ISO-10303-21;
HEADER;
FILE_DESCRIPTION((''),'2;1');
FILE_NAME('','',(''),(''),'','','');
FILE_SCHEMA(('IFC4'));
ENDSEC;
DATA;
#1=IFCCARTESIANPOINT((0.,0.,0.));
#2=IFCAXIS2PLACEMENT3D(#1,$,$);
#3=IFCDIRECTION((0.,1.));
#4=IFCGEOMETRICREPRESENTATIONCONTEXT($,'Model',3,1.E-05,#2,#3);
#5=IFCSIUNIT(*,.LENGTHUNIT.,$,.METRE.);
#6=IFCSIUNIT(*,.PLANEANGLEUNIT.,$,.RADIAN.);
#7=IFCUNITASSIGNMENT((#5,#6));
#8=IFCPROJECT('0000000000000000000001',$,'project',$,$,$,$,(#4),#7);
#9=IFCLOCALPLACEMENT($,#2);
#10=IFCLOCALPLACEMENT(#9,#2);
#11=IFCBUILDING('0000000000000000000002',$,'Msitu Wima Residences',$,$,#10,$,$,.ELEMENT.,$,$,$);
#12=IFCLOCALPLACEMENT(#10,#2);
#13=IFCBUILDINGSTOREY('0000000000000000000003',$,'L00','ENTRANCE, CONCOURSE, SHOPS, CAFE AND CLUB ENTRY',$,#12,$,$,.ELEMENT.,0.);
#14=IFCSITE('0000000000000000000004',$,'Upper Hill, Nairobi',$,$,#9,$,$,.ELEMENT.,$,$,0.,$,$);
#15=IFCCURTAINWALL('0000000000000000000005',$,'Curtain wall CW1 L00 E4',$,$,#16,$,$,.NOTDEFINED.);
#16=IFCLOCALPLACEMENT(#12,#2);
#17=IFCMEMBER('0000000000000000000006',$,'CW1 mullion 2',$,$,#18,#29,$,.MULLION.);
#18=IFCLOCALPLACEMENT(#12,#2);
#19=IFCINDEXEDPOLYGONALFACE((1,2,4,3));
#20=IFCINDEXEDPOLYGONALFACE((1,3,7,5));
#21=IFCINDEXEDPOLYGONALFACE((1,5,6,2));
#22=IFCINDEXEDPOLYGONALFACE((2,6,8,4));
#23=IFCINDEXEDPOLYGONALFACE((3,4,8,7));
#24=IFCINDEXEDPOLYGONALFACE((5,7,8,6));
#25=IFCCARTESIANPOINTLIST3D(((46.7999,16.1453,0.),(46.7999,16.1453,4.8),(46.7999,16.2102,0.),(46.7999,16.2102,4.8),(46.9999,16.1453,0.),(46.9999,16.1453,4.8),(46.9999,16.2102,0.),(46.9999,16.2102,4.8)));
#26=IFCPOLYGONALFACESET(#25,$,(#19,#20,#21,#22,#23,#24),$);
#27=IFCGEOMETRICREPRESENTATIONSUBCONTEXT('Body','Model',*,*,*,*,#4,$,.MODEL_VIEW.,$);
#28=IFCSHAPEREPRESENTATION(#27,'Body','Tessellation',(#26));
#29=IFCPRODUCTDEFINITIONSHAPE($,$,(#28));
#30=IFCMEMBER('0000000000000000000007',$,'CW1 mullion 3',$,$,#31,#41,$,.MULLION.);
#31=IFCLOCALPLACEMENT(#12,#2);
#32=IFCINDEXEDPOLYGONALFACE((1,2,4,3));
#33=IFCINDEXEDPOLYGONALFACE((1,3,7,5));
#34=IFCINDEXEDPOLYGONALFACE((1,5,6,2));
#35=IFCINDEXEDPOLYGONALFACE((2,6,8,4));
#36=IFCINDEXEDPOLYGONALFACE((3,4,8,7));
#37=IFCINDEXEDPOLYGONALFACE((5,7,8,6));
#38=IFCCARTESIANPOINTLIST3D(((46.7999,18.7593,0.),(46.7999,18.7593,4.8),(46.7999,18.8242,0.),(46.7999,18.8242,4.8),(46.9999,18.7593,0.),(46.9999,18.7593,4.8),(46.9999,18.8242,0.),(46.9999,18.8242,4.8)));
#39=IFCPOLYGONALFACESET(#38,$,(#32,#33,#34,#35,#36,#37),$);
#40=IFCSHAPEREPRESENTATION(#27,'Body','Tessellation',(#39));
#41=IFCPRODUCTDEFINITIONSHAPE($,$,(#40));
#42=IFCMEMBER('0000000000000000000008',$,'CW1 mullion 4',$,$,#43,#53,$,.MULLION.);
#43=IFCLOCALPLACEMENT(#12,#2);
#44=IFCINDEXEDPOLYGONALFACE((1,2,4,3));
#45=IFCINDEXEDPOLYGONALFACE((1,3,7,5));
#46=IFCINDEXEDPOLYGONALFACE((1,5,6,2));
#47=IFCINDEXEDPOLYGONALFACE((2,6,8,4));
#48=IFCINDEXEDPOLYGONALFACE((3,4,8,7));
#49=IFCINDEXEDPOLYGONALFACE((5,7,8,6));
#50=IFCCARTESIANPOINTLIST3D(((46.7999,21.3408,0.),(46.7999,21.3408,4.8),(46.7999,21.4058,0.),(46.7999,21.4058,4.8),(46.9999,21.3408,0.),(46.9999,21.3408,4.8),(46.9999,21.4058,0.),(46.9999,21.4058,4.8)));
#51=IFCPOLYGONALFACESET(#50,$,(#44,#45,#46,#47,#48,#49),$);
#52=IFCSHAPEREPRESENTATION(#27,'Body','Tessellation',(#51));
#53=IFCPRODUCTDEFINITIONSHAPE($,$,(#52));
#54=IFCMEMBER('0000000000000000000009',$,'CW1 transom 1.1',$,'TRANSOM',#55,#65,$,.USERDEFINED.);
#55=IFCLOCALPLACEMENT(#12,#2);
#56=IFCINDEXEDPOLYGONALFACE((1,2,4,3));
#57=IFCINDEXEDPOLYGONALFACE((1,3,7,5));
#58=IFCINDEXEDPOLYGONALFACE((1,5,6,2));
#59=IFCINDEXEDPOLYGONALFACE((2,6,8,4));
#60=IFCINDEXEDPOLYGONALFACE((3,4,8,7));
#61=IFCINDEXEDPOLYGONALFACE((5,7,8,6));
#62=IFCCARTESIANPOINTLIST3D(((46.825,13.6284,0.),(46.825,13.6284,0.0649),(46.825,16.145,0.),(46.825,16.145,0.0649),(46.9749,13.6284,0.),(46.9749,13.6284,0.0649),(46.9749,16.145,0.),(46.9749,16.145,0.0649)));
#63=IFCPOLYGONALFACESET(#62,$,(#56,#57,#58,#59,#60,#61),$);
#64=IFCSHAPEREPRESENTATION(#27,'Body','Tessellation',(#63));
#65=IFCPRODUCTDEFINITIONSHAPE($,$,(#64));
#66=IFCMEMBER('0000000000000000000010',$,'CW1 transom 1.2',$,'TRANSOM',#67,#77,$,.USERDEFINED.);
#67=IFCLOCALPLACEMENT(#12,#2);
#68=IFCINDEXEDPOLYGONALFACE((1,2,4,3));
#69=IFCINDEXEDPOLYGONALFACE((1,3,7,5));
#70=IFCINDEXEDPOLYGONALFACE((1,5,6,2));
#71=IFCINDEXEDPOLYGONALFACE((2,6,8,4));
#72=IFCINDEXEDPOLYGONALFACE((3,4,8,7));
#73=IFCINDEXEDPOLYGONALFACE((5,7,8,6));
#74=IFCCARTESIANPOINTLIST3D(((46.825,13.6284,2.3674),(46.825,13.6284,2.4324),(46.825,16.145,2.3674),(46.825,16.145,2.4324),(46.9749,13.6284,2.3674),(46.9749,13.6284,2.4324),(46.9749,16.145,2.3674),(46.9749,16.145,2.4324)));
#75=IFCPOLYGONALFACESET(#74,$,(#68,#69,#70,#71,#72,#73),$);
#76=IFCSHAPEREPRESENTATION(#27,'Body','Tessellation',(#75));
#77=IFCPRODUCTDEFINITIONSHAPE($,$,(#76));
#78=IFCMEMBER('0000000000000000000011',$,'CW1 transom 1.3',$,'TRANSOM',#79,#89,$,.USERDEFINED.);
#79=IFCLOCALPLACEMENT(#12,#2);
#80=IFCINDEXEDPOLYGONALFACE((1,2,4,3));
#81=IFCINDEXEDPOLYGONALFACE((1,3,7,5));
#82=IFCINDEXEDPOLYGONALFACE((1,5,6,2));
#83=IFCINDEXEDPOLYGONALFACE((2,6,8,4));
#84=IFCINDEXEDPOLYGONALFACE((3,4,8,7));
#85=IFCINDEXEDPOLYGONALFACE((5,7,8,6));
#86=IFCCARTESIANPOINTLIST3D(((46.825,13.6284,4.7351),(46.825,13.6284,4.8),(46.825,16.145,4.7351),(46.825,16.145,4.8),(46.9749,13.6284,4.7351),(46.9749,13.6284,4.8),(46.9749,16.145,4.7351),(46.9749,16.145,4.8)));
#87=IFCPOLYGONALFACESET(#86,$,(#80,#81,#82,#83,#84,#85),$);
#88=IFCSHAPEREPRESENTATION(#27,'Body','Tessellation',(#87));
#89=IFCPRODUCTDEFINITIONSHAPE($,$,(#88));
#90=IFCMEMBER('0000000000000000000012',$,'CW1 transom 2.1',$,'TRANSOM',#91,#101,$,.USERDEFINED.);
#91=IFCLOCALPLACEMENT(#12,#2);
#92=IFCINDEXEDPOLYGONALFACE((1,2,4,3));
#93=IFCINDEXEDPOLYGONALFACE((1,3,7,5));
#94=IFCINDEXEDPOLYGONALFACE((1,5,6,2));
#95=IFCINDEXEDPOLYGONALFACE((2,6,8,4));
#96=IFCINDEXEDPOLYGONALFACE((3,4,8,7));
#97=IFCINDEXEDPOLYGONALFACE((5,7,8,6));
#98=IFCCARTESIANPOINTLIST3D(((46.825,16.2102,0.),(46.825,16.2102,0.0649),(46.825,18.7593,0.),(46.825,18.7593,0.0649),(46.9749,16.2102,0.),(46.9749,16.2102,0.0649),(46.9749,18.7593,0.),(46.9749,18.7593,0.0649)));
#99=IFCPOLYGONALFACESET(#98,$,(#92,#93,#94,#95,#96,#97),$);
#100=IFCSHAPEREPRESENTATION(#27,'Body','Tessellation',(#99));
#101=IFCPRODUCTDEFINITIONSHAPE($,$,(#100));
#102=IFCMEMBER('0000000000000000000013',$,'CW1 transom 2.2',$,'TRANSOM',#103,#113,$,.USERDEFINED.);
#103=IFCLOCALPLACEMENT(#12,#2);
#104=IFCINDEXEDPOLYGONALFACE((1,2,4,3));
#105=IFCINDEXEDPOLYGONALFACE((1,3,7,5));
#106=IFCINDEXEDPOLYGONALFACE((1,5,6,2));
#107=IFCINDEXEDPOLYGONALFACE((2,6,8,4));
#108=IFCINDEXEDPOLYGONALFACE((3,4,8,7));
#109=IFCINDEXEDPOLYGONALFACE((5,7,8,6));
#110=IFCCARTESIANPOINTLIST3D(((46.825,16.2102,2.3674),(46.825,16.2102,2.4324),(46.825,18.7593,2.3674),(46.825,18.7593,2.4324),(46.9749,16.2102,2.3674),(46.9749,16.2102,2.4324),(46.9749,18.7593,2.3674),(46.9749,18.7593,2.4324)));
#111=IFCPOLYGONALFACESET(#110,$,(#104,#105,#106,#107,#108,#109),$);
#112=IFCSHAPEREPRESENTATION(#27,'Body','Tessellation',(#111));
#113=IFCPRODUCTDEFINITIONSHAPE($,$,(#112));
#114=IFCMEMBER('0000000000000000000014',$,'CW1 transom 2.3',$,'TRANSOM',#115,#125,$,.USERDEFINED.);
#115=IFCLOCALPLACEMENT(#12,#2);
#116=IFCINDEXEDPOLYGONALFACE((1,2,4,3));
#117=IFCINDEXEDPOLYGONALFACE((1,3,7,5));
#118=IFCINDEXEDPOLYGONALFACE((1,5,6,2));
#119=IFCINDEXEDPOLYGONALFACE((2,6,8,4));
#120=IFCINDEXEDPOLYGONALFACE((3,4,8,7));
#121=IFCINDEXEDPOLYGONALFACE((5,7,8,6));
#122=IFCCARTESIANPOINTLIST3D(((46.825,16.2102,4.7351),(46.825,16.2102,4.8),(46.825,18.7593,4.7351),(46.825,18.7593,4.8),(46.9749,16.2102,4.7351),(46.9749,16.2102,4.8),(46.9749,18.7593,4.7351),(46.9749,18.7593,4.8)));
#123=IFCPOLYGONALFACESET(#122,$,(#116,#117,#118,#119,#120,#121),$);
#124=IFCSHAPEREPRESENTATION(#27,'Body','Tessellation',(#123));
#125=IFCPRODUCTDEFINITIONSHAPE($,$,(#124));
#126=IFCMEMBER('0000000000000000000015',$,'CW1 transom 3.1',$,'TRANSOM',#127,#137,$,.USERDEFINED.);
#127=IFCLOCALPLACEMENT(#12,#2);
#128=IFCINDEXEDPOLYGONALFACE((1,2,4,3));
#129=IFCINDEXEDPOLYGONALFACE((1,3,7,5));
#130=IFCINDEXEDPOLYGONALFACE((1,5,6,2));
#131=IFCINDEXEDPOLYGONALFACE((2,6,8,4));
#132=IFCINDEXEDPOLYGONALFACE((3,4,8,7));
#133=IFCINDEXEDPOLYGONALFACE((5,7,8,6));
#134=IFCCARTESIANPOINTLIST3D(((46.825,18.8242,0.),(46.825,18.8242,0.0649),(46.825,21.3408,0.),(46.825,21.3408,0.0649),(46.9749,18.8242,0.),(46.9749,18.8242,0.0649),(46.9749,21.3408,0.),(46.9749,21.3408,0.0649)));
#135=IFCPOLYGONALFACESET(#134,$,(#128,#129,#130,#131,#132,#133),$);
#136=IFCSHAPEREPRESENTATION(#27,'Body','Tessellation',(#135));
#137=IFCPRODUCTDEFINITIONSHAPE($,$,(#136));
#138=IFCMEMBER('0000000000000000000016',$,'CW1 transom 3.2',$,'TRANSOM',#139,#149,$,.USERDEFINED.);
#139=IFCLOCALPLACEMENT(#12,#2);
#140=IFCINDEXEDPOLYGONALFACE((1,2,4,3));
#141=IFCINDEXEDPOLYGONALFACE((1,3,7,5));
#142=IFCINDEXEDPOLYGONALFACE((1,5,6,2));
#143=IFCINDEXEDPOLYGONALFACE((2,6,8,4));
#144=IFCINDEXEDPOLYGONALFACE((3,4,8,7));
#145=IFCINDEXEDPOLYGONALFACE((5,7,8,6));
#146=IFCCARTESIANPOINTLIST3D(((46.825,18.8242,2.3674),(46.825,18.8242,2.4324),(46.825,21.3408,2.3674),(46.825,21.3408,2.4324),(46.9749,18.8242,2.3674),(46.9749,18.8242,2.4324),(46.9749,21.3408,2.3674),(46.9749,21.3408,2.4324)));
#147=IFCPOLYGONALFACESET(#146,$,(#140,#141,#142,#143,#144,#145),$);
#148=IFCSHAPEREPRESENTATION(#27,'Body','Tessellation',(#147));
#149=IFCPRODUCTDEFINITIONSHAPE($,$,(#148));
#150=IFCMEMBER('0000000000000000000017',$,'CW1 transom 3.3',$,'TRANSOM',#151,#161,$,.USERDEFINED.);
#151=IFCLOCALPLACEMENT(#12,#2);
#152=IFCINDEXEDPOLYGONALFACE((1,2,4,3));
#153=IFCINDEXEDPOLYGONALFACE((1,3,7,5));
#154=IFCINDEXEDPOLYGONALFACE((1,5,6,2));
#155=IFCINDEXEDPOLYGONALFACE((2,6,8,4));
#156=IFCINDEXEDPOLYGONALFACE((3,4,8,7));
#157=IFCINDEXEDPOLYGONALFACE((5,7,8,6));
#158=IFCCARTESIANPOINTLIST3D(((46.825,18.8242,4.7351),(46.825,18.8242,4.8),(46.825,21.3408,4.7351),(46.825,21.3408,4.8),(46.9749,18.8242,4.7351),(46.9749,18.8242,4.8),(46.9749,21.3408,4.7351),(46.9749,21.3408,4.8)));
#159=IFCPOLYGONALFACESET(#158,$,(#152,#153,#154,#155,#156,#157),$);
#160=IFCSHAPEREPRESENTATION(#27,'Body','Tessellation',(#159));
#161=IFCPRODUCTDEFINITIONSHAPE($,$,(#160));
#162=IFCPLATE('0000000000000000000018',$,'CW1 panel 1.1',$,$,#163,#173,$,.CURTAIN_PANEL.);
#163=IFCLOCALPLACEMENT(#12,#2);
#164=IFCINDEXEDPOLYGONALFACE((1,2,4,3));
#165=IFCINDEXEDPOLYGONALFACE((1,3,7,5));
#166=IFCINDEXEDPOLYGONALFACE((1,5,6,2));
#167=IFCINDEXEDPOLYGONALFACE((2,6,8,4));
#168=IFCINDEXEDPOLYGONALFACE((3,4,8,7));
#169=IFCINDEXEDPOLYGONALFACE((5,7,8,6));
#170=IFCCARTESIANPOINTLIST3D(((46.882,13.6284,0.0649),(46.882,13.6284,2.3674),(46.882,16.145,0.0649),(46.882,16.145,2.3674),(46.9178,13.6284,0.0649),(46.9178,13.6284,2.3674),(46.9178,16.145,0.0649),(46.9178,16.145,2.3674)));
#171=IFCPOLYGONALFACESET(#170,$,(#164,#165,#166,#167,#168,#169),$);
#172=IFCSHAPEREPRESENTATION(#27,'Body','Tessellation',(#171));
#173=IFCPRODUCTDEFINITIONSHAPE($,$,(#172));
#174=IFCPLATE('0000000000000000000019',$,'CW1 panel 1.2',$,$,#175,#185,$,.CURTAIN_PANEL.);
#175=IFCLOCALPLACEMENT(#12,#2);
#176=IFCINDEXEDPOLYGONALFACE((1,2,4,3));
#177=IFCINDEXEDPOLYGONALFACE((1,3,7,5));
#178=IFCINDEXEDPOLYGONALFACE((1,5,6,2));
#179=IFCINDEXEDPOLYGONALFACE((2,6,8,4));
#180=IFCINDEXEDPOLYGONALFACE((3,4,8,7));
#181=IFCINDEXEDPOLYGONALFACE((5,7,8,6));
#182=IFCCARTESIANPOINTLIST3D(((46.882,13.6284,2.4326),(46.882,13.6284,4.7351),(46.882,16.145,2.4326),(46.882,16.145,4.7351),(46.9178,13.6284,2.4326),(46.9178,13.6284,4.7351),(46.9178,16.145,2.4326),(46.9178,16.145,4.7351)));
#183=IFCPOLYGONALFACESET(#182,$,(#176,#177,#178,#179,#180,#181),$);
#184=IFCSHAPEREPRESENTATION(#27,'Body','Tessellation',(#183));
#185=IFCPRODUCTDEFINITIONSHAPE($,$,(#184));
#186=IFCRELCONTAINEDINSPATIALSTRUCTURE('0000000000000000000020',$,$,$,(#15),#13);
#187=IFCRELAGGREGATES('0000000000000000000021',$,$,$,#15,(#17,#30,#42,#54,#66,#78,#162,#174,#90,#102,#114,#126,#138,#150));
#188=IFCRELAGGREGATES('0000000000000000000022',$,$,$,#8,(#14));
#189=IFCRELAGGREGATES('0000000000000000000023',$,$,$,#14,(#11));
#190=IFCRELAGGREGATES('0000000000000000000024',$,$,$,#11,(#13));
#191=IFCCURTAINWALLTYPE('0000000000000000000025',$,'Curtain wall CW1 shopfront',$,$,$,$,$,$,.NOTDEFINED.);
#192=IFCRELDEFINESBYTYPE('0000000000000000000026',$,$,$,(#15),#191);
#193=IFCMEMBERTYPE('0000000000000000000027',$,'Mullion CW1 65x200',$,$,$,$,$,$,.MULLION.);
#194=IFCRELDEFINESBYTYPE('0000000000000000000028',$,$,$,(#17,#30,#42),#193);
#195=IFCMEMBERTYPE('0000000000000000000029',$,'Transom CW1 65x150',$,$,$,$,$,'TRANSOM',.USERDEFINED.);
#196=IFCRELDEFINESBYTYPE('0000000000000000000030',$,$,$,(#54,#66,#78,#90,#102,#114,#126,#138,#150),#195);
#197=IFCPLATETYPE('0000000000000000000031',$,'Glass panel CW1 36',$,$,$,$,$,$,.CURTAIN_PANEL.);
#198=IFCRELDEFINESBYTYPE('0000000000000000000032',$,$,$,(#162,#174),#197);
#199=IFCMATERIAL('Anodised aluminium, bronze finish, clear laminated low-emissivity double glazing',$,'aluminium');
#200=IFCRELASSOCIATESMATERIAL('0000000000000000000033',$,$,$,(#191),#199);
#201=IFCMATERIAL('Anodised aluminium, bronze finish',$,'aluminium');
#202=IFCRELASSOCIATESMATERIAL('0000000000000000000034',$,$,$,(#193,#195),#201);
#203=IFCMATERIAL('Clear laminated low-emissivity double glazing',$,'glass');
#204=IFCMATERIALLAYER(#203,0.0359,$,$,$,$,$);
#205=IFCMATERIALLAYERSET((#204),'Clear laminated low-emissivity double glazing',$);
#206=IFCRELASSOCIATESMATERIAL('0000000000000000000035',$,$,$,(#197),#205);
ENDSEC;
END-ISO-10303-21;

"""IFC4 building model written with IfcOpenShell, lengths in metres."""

from ifc_helpers import new_model, si_unit, direction, frame, origin, origin_2d, place, context, subcontext, project, spatial, rectangle, extrude, material, layer, layer_set, material_profile, profile_set, type_object, element, aggregate, save


model = new_model("IFC4")

# Units and contexts
model_context = context("Model", 3, precision=1e-05, world=origin(), true_north=direction((0.0, 1.0)))
body_context = subcontext(model_context, "Body", "Model", "MODEL_VIEW")
ifc_project = project(units=[si_unit("LENGTHUNIT", "METRE"), si_unit("PLANEANGLEUNIT", "RADIAN")], contexts=[model_context])

# Site, building, storey
site_placement = place(None, origin())
site = spatial("IfcSite", under=ifc_project, at=site_placement, Name="Upper Hill, Nairobi", CompositionType="ELEMENT", RefElevation=0.0)
building_placement = place(site_placement, origin())
building = spatial("IfcBuilding", under=site, at=building_placement, Name="Msitu Wima Residences", CompositionType="ELEMENT")
storey_placement = place(building_placement, origin())
storey = spatial("IfcBuildingStorey", under=building, at=storey_placement, Name="L00", Description="ENTRANCE, CONCOURSE, SHOPS, CAFE AND CLUB ENTRY", CompositionType="ELEMENT", Elevation=0.0)

# Curtain wall, members, plates
ifc_material_1 = material(Name="Anodised aluminium, bronze finish, clear laminated low-emissivity double glazing", Category="aluminium")
curtain_wall_type = type_object("IfcCurtainWallType", Name="Curtain wall CW1 shopfront", PredefinedType="NOTDEFINED", material=ifc_material_1)
curtain_wall_placement = place(storey_placement, origin())
curtain_wall = element("IfcCurtainWall", 1, at=curtain_wall_placement, inside=storey, type_object=curtain_wall_type, Name="Curtain wall CW1 L00 E4", PredefinedType="NOTDEFINED")
ifc_material_2 = material(Name="Anodised aluminium, bronze finish", Category="aluminium")
ifc_material_profile_1 = material_profile(ifc_material_2, rectangle(XDim=0.2, YDim=0.0649, at=origin_2d()), Name="Mullion 65x200")
ifc_profile_set_1 = profile_set([ifc_material_profile_1], Name="Anodised aluminium, bronze finish")
member_type_1 = type_object("IfcMemberType", Name="Mullion CW1 65x200", PredefinedType="MULLION", material=ifc_profile_set_1)
member_1_placement = place(storey_placement, frame((46.8999, 16.1777, 0.0), z_axis=(0.0, 0.0, 1.0), x_axis=(-1.0, 0.0, 0.0)))
member_1 = element("IfcMember", 2, at=member_1_placement, type_object=member_type_1, Name="CW1 mullion 2", PredefinedType="MULLION", context=body_context, shape_type="SweptSolid", body=[
    extrude(rectangle(XDim=0.2, YDim=0.0649, at=origin_2d()), origin(), (0.0, 0.0, 1.0), 4.8),
])
member_2_placement = place(storey_placement, frame((46.8999, 18.7917, 0.0), z_axis=(0.0, 0.0, 1.0), x_axis=(-1.0, 0.0, 0.0)))
member_2 = element("IfcMember", 3, at=member_2_placement, type_object=member_type_1, Name="CW1 mullion 3", PredefinedType="MULLION", context=body_context, shape_type="SweptSolid", body=[
    extrude(rectangle(XDim=0.2, YDim=0.0649, at=origin_2d()), origin(), (0.0, 0.0, 1.0), 4.8),
])
member_3_placement = place(storey_placement, frame((46.8999, 21.3733, 0.0), z_axis=(0.0, 0.0, 1.0), x_axis=(-1.0, 0.0, 0.0)))
member_3 = element("IfcMember", 4, at=member_3_placement, type_object=member_type_1, Name="CW1 mullion 4", PredefinedType="MULLION", context=body_context, shape_type="SweptSolid", body=[
    extrude(rectangle(XDim=0.2, YDim=0.0649, at=origin_2d()), origin(), (0.0, 0.0, 1.0), 4.8),
])
ifc_material_profile_2 = material_profile(ifc_material_2, rectangle(XDim=0.1499, YDim=0.0649, at=origin_2d()), Name="Transom 65x150")
ifc_profile_set_2 = profile_set([ifc_material_profile_2], Name="Anodised aluminium, bronze finish")
member_type_2 = type_object("IfcMemberType", Name="Transom CW1 65x150", ElementType="TRANSOM", PredefinedType="USERDEFINED", material=ifc_profile_set_2)
member_4_placement = place(storey_placement, frame((46.8999, 13.6284, 0.0325), z_axis=(0.0, 1.0, 0.0), x_axis=(-1.0, 0.0, 0.0)))
member_4 = element("IfcMember", 5, at=member_4_placement, type_object=member_type_2, Name="CW1 transom 1.1", ObjectType="TRANSOM", PredefinedType="USERDEFINED", context=body_context, shape_type="SweptSolid", body=[
    extrude(rectangle(XDim=0.1499, YDim=0.0649, at=origin_2d()), origin(), (0.0, 0.0, 1.0), 2.5166),
])
member_5_placement = place(storey_placement, frame((46.8999, 13.6284, 2.3999), z_axis=(0.0, 1.0, 0.0), x_axis=(-1.0, 0.0, 0.0)))
member_5 = element("IfcMember", 6, at=member_5_placement, type_object=member_type_2, Name="CW1 transom 1.2", ObjectType="TRANSOM", PredefinedType="USERDEFINED", context=body_context, shape_type="SweptSolid", body=[
    extrude(rectangle(XDim=0.1499, YDim=0.0649, at=origin_2d()), origin(), (0.0, 0.0, 1.0), 2.5166),
])
member_6_placement = place(storey_placement, frame((46.8999, 13.6284, 4.7676), z_axis=(0.0, 1.0, 0.0), x_axis=(-1.0, 0.0, 0.0)))
member_6 = element("IfcMember", 7, at=member_6_placement, type_object=member_type_2, Name="CW1 transom 1.3", ObjectType="TRANSOM", PredefinedType="USERDEFINED", context=body_context, shape_type="SweptSolid", body=[
    extrude(rectangle(XDim=0.1499, YDim=0.0649, at=origin_2d()), origin(), (0.0, 0.0, 1.0), 2.5166),
])
member_7_placement = place(storey_placement, frame((46.8999, 16.2102, 0.0325), z_axis=(0.0, 1.0, 0.0), x_axis=(-1.0, 0.0, 0.0)))
member_7 = element("IfcMember", 8, at=member_7_placement, type_object=member_type_2, Name="CW1 transom 2.1", ObjectType="TRANSOM", PredefinedType="USERDEFINED", context=body_context, shape_type="SweptSolid", body=[
    extrude(rectangle(XDim=0.1499, YDim=0.0649, at=origin_2d()), origin(), (0.0, 0.0, 1.0), 2.5491),
])
member_8_placement = place(storey_placement, frame((46.8999, 16.2102, 2.3999), z_axis=(0.0, 1.0, 0.0), x_axis=(-1.0, 0.0, 0.0)))
member_8 = element("IfcMember", 9, at=member_8_placement, type_object=member_type_2, Name="CW1 transom 2.2", ObjectType="TRANSOM", PredefinedType="USERDEFINED", context=body_context, shape_type="SweptSolid", body=[
    extrude(rectangle(XDim=0.1499, YDim=0.0649, at=origin_2d()), origin(), (0.0, 0.0, 1.0), 2.5491),
])
member_9_placement = place(storey_placement, frame((46.8999, 16.2102, 4.7676), z_axis=(0.0, 1.0, 0.0), x_axis=(-1.0, 0.0, 0.0)))
member_9 = element("IfcMember", 10, at=member_9_placement, type_object=member_type_2, Name="CW1 transom 2.3", ObjectType="TRANSOM", PredefinedType="USERDEFINED", context=body_context, shape_type="SweptSolid", body=[
    extrude(rectangle(XDim=0.1499, YDim=0.0649, at=origin_2d()), origin(), (0.0, 0.0, 1.0), 2.5491),
])
member_10_placement = place(storey_placement, frame((46.8999, 18.8242, 0.0325), z_axis=(0.0, 1.0, 0.0), x_axis=(-1.0, 0.0, 0.0)))
member_10 = element("IfcMember", 11, at=member_10_placement, type_object=member_type_2, Name="CW1 transom 3.1", ObjectType="TRANSOM", PredefinedType="USERDEFINED", context=body_context, shape_type="SweptSolid", body=[
    extrude(rectangle(XDim=0.1499, YDim=0.0649, at=origin_2d()), origin(), (0.0, 0.0, 1.0), 2.5166),
])
member_11_placement = place(storey_placement, frame((46.8999, 18.8242, 2.3999), z_axis=(0.0, 1.0, 0.0), x_axis=(-1.0, 0.0, 0.0)))
member_11 = element("IfcMember", 12, at=member_11_placement, type_object=member_type_2, Name="CW1 transom 3.2", ObjectType="TRANSOM", PredefinedType="USERDEFINED", context=body_context, shape_type="SweptSolid", body=[
    extrude(rectangle(XDim=0.1499, YDim=0.0649, at=origin_2d()), origin(), (0.0, 0.0, 1.0), 2.5166),
])
member_12_placement = place(storey_placement, frame((46.8999, 18.8242, 4.7676), z_axis=(0.0, 1.0, 0.0), x_axis=(-1.0, 0.0, 0.0)))
member_12 = element("IfcMember", 13, at=member_12_placement, type_object=member_type_2, Name="CW1 transom 3.3", ObjectType="TRANSOM", PredefinedType="USERDEFINED", context=body_context, shape_type="SweptSolid", body=[
    extrude(rectangle(XDim=0.1499, YDim=0.0649, at=origin_2d()), origin(), (0.0, 0.0, 1.0), 2.5166),
])
ifc_material_3 = material(Name="Clear laminated low-emissivity double glazing", Category="glass")
ifc_layer_1 = layer(ifc_material_3, 0.0359)
ifc_layer_set_1 = layer_set([ifc_layer_1], Name="Clear laminated low-emissivity double glazing")
plate_type = type_object("IfcPlateType", Name="Glass panel CW1 36", PredefinedType="CURTAIN_PANEL", material=ifc_layer_set_1)
plate_1_placement = place(storey_placement, frame((46.8999, 14.8867, 0.0649), z_axis=(0.0, 0.0, 1.0), x_axis=(0.0, 1.0, 0.0)))
plate_1 = element("IfcPlate", 14, at=plate_1_placement, type_object=plate_type, Name="CW1 panel 1.1", PredefinedType="CURTAIN_PANEL", context=body_context, shape_type="SweptSolid", body=[
    extrude(rectangle(XDim=2.5166, YDim=0.0359, at=origin_2d()), origin(), (0.0, 0.0, 1.0), 2.3025),
])
plate_2_placement = place(storey_placement, frame((46.8999, 14.8867, 2.4326), z_axis=(0.0, 0.0, 1.0), x_axis=(0.0, 1.0, 0.0)))
plate_2 = element("IfcPlate", 15, at=plate_2_placement, type_object=plate_type, Name="CW1 panel 1.2", PredefinedType="CURTAIN_PANEL", context=body_context, shape_type="SweptSolid", body=[
    extrude(rectangle(XDim=2.5166, YDim=0.0359, at=origin_2d()), origin(), (0.0, 0.0, 1.0), 2.3025),
])
aggregate(curtain_wall, [member_1, member_2, member_3, member_4, member_5, member_6, plate_1, plate_2, member_7, member_8, member_9, member_10, member_11, member_12])

save(model, "model.ifc")
